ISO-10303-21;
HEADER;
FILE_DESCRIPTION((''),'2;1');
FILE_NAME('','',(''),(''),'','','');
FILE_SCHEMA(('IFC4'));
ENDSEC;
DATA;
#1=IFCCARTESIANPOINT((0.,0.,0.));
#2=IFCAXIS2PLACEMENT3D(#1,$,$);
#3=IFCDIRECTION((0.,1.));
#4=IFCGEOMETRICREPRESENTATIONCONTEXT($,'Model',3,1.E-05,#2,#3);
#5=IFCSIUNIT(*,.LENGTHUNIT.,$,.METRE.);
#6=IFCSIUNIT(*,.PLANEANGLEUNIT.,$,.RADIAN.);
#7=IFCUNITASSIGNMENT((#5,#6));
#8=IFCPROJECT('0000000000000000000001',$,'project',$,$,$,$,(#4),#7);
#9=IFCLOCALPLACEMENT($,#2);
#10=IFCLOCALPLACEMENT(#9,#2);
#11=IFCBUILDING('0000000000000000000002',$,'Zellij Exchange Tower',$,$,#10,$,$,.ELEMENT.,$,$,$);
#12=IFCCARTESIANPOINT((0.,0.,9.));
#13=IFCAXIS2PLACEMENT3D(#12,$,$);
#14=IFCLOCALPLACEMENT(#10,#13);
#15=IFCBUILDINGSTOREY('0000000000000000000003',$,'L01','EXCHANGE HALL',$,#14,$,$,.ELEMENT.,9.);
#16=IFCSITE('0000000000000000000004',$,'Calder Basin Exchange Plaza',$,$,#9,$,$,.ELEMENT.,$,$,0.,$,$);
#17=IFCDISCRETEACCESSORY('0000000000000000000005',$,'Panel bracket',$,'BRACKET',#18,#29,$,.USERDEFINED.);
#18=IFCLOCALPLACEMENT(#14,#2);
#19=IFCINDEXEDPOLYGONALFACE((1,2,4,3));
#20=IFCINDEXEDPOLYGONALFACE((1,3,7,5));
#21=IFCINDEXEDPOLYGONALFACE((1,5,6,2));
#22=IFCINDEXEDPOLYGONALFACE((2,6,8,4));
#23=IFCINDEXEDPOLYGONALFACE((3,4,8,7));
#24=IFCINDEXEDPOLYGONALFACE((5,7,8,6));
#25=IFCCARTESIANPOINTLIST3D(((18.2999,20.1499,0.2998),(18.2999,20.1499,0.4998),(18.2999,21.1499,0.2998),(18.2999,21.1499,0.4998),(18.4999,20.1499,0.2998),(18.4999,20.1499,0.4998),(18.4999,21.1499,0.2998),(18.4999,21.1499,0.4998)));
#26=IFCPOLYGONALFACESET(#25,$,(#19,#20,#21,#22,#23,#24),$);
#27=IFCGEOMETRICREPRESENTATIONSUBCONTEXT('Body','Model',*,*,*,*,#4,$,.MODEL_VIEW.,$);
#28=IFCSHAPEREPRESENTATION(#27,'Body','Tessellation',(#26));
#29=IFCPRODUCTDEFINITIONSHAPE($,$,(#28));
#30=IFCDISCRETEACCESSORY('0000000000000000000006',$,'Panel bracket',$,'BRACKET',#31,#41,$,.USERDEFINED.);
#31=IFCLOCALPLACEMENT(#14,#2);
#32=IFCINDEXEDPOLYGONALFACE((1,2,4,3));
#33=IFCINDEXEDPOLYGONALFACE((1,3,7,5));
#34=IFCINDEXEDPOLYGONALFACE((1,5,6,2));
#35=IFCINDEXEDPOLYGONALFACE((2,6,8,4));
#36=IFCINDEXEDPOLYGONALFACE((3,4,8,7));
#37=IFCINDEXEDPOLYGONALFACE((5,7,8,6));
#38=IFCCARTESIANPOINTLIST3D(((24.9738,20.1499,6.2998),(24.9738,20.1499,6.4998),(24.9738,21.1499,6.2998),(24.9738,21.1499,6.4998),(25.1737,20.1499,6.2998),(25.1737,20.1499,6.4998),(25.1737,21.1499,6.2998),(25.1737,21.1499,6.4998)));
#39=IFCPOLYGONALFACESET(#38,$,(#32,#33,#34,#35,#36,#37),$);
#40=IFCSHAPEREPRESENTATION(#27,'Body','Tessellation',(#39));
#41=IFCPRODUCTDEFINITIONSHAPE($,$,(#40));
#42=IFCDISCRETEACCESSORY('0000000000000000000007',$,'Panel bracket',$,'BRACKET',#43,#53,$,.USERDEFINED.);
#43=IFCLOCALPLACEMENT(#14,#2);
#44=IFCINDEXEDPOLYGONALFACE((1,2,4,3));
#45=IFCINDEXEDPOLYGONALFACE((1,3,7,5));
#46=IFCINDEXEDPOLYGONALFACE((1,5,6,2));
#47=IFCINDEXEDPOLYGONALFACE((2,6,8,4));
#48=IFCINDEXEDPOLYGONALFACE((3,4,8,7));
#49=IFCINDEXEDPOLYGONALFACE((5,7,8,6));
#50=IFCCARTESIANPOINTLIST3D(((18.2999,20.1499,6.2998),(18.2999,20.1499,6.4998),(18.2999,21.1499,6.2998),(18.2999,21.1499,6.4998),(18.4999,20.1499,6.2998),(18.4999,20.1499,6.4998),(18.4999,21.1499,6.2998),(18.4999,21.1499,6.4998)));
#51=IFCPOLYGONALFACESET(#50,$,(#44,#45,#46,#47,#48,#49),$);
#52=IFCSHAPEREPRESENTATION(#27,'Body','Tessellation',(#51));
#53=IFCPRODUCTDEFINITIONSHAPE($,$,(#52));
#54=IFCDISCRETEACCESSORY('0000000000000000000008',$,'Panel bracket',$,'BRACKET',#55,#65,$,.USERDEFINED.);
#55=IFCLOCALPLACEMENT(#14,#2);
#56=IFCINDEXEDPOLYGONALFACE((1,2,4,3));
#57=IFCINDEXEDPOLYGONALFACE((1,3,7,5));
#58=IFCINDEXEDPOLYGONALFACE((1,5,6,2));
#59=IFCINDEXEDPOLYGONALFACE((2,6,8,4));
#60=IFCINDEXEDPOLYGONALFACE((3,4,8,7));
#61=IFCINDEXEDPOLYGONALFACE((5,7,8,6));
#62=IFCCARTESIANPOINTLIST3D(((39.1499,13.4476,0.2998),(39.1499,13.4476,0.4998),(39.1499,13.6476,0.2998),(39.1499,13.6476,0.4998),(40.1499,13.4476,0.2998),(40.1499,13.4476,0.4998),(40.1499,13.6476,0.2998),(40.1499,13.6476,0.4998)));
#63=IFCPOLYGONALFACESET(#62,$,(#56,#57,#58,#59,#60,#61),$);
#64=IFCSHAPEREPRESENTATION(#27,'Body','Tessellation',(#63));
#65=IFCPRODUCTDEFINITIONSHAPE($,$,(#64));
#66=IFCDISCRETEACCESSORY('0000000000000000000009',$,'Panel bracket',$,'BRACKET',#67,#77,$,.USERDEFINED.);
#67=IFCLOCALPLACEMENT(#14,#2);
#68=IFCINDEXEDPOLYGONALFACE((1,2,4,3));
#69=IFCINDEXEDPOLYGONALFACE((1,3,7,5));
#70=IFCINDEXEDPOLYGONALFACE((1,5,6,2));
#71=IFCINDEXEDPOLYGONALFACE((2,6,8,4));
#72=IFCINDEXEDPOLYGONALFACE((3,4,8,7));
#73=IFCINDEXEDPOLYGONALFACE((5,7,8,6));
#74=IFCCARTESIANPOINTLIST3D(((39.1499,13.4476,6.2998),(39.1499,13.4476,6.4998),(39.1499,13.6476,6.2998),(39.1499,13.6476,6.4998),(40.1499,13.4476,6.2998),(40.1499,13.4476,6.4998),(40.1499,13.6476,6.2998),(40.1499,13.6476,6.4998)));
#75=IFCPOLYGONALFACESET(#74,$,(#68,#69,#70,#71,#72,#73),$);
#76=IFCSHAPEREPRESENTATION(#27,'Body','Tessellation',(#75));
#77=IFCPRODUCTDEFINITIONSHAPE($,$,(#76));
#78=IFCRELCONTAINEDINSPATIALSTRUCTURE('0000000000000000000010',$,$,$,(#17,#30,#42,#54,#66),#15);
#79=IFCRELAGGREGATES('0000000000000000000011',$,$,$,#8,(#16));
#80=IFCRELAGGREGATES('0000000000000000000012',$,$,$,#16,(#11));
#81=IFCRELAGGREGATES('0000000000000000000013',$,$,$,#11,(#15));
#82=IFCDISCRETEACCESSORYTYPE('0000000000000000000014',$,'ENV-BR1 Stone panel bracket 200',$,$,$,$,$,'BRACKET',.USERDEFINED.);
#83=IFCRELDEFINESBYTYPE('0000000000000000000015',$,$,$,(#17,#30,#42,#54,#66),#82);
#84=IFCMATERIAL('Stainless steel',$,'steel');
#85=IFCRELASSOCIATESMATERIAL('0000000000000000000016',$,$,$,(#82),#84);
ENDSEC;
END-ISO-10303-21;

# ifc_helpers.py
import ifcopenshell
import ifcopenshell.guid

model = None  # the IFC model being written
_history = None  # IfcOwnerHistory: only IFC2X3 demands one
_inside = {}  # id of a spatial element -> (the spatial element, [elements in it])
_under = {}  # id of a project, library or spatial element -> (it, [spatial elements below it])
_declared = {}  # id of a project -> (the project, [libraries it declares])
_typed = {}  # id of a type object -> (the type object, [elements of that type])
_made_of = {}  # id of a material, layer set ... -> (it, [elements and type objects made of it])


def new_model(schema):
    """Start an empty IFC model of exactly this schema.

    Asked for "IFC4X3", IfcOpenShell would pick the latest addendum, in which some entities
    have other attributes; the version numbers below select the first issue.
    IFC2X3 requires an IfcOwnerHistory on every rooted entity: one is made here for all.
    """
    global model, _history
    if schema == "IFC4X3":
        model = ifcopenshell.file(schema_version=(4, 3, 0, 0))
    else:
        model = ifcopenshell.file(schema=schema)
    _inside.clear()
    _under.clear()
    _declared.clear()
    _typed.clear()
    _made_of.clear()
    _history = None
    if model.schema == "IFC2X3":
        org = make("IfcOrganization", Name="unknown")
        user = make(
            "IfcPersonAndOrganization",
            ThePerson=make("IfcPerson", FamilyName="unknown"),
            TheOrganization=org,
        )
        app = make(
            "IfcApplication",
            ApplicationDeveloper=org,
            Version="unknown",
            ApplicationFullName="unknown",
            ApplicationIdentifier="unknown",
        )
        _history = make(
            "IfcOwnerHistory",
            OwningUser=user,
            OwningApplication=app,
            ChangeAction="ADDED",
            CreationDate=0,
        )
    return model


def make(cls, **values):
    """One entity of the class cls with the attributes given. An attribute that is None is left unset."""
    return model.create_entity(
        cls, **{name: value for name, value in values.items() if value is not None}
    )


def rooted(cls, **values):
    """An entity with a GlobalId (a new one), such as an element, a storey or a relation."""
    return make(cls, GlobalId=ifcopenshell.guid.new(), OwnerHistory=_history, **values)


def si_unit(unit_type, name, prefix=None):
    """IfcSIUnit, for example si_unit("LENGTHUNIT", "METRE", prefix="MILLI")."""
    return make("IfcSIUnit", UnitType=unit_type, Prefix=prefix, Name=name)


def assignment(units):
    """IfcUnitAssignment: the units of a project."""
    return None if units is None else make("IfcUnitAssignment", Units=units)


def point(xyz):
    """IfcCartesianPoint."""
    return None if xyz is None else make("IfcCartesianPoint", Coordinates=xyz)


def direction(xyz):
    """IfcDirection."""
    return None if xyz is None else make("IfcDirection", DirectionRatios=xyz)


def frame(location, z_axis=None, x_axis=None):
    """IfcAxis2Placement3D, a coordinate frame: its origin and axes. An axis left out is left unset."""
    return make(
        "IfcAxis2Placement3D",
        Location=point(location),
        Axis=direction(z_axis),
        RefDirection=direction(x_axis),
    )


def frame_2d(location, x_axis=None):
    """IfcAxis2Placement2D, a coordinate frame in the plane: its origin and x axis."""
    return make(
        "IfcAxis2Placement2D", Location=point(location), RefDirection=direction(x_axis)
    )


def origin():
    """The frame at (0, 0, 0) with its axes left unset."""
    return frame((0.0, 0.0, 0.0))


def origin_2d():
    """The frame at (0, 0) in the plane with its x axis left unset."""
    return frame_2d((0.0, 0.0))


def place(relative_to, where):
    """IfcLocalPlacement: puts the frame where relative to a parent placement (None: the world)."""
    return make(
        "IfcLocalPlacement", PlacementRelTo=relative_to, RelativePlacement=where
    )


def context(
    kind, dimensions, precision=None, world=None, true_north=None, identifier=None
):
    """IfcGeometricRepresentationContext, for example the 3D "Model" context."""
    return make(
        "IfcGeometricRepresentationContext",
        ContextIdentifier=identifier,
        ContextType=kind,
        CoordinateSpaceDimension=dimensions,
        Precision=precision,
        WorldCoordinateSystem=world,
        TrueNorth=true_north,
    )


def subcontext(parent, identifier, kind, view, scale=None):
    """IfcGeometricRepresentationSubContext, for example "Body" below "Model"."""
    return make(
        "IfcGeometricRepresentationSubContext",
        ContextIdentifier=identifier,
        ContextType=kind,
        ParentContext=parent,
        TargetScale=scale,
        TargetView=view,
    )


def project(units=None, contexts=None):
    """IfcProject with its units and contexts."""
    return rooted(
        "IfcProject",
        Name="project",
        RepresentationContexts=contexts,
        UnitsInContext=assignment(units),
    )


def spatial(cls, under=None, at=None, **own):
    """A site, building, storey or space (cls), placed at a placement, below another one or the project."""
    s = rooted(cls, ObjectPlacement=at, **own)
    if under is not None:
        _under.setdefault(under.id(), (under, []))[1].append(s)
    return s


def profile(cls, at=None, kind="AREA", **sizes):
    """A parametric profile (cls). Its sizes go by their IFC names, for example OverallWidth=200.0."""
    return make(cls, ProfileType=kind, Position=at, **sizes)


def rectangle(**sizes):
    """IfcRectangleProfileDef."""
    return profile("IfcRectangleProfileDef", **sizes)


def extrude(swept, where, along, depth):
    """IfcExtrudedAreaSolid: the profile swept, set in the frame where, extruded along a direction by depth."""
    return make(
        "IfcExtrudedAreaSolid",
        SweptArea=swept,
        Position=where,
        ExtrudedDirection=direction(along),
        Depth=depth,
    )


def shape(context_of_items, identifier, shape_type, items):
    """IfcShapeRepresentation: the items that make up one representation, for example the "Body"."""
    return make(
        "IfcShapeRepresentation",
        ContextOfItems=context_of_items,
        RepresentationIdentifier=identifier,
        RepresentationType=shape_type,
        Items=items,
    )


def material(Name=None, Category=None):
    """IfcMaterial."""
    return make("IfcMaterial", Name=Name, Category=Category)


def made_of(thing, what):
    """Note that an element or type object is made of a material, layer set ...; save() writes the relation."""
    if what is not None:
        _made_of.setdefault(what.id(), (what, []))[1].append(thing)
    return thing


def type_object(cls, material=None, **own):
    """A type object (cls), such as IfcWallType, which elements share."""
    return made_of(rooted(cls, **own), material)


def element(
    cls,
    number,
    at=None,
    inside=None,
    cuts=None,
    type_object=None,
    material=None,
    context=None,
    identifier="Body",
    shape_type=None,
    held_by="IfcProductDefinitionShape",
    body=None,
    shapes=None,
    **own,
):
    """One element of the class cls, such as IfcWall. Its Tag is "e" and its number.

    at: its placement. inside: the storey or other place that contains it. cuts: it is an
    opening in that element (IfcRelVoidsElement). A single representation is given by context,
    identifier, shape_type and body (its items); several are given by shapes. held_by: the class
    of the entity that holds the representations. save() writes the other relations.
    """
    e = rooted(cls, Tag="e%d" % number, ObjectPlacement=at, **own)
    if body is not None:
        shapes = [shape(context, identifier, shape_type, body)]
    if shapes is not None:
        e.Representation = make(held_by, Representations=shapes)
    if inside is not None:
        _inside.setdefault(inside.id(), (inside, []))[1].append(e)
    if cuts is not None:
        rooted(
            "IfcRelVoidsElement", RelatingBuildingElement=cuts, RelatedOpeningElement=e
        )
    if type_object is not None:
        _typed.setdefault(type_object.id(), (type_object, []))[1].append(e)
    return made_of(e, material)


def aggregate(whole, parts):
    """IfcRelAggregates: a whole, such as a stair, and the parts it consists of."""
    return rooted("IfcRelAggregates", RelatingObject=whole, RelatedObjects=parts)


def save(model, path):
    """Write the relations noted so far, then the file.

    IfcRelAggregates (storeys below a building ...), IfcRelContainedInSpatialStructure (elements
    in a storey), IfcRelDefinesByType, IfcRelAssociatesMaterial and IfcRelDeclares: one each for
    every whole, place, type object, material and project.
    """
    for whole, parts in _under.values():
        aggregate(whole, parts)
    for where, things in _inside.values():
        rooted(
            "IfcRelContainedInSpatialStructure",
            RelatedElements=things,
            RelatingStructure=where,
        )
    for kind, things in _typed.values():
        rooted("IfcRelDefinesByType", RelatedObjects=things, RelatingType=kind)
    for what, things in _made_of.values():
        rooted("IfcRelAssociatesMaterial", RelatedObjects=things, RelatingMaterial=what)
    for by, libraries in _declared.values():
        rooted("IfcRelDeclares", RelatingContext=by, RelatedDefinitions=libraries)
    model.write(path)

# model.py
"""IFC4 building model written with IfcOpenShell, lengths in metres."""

from ifc_helpers import new_model, si_unit, direction, frame, origin, origin_2d, place, context, subcontext, project, spatial, rectangle, extrude, material, type_object, element, save


model = new_model("IFC4")

# Units and contexts
model_context = context("Model", 3, precision=1e-05, world=origin(), true_north=direction((0.0, 1.0)))
body_context = subcontext(model_context, "Body", "Model", "MODEL_VIEW")
ifc_project = project(units=[si_unit("LENGTHUNIT", "METRE"), si_unit("PLANEANGLEUNIT", "RADIAN")], contexts=[model_context])

# Site, building, storey
site_placement = place(None, origin())
site = spatial("IfcSite", under=ifc_project, at=site_placement, Name="Calder Basin Exchange Plaza", CompositionType="ELEMENT", RefElevation=0.0)
building_placement = place(site_placement, origin())
building = spatial("IfcBuilding", under=site, at=building_placement, Name="Zellij Exchange Tower", CompositionType="ELEMENT")
storey_placement = place(building_placement, frame((0.0, 0.0, 9.0)))
storey = spatial("IfcBuildingStorey", under=building, at=storey_placement, Name="L01", Description="EXCHANGE HALL", CompositionType="ELEMENT", Elevation=9.0)

# Discrete accessories
ifc_material_1 = material(Name="Stainless steel", Category="steel")
discrete_accessory_type = type_object("IfcDiscreteAccessoryType", Name="ENV-BR1 Stone panel bracket 200", ElementType="BRACKET", PredefinedType="USERDEFINED", material=ifc_material_1)
for number, where, z_axis, x_axis, name in (
    (1, (18.3999, 20.6499, 0.2998), (0.0, 0.0, 1.0), (-1.0, 0.0, 0.0), "Panel bracket"),
    (2, (25.0737, 20.6499, 6.2998), (0.0, 0.0, 1.0), (-1.0, 0.0, 0.0), "Panel bracket"),
    (3, (18.3999, 20.6499, 6.2998), (0.0, 0.0, 1.0), (-1.0, 0.0, 0.0), "Panel bracket"),
    (4, (39.6499, 13.5476, 0.2998), (0.0, 0.0, 1.0), (0.0, 1.0, 0.0), "Panel bracket"),
    (5, (39.6499, 13.5476, 6.2998), (0.0, 0.0, 1.0), (0.0, 1.0, 0.0), "Panel bracket"),
):
    element("IfcDiscreteAccessory", number, at=place(storey_placement, frame(where, z_axis=z_axis, x_axis=x_axis)), inside=storey, type_object=discrete_accessory_type, Name=name, ObjectType="BRACKET", PredefinedType="USERDEFINED", context=body_context, shape_type="SweptSolid", body=[
        extrude(rectangle(XDim=0.2, YDim=1.0, at=origin_2d()), origin(), (0.0, 0.0, 1.0), 0.2),
    ])

save(model, "model.ifc")
